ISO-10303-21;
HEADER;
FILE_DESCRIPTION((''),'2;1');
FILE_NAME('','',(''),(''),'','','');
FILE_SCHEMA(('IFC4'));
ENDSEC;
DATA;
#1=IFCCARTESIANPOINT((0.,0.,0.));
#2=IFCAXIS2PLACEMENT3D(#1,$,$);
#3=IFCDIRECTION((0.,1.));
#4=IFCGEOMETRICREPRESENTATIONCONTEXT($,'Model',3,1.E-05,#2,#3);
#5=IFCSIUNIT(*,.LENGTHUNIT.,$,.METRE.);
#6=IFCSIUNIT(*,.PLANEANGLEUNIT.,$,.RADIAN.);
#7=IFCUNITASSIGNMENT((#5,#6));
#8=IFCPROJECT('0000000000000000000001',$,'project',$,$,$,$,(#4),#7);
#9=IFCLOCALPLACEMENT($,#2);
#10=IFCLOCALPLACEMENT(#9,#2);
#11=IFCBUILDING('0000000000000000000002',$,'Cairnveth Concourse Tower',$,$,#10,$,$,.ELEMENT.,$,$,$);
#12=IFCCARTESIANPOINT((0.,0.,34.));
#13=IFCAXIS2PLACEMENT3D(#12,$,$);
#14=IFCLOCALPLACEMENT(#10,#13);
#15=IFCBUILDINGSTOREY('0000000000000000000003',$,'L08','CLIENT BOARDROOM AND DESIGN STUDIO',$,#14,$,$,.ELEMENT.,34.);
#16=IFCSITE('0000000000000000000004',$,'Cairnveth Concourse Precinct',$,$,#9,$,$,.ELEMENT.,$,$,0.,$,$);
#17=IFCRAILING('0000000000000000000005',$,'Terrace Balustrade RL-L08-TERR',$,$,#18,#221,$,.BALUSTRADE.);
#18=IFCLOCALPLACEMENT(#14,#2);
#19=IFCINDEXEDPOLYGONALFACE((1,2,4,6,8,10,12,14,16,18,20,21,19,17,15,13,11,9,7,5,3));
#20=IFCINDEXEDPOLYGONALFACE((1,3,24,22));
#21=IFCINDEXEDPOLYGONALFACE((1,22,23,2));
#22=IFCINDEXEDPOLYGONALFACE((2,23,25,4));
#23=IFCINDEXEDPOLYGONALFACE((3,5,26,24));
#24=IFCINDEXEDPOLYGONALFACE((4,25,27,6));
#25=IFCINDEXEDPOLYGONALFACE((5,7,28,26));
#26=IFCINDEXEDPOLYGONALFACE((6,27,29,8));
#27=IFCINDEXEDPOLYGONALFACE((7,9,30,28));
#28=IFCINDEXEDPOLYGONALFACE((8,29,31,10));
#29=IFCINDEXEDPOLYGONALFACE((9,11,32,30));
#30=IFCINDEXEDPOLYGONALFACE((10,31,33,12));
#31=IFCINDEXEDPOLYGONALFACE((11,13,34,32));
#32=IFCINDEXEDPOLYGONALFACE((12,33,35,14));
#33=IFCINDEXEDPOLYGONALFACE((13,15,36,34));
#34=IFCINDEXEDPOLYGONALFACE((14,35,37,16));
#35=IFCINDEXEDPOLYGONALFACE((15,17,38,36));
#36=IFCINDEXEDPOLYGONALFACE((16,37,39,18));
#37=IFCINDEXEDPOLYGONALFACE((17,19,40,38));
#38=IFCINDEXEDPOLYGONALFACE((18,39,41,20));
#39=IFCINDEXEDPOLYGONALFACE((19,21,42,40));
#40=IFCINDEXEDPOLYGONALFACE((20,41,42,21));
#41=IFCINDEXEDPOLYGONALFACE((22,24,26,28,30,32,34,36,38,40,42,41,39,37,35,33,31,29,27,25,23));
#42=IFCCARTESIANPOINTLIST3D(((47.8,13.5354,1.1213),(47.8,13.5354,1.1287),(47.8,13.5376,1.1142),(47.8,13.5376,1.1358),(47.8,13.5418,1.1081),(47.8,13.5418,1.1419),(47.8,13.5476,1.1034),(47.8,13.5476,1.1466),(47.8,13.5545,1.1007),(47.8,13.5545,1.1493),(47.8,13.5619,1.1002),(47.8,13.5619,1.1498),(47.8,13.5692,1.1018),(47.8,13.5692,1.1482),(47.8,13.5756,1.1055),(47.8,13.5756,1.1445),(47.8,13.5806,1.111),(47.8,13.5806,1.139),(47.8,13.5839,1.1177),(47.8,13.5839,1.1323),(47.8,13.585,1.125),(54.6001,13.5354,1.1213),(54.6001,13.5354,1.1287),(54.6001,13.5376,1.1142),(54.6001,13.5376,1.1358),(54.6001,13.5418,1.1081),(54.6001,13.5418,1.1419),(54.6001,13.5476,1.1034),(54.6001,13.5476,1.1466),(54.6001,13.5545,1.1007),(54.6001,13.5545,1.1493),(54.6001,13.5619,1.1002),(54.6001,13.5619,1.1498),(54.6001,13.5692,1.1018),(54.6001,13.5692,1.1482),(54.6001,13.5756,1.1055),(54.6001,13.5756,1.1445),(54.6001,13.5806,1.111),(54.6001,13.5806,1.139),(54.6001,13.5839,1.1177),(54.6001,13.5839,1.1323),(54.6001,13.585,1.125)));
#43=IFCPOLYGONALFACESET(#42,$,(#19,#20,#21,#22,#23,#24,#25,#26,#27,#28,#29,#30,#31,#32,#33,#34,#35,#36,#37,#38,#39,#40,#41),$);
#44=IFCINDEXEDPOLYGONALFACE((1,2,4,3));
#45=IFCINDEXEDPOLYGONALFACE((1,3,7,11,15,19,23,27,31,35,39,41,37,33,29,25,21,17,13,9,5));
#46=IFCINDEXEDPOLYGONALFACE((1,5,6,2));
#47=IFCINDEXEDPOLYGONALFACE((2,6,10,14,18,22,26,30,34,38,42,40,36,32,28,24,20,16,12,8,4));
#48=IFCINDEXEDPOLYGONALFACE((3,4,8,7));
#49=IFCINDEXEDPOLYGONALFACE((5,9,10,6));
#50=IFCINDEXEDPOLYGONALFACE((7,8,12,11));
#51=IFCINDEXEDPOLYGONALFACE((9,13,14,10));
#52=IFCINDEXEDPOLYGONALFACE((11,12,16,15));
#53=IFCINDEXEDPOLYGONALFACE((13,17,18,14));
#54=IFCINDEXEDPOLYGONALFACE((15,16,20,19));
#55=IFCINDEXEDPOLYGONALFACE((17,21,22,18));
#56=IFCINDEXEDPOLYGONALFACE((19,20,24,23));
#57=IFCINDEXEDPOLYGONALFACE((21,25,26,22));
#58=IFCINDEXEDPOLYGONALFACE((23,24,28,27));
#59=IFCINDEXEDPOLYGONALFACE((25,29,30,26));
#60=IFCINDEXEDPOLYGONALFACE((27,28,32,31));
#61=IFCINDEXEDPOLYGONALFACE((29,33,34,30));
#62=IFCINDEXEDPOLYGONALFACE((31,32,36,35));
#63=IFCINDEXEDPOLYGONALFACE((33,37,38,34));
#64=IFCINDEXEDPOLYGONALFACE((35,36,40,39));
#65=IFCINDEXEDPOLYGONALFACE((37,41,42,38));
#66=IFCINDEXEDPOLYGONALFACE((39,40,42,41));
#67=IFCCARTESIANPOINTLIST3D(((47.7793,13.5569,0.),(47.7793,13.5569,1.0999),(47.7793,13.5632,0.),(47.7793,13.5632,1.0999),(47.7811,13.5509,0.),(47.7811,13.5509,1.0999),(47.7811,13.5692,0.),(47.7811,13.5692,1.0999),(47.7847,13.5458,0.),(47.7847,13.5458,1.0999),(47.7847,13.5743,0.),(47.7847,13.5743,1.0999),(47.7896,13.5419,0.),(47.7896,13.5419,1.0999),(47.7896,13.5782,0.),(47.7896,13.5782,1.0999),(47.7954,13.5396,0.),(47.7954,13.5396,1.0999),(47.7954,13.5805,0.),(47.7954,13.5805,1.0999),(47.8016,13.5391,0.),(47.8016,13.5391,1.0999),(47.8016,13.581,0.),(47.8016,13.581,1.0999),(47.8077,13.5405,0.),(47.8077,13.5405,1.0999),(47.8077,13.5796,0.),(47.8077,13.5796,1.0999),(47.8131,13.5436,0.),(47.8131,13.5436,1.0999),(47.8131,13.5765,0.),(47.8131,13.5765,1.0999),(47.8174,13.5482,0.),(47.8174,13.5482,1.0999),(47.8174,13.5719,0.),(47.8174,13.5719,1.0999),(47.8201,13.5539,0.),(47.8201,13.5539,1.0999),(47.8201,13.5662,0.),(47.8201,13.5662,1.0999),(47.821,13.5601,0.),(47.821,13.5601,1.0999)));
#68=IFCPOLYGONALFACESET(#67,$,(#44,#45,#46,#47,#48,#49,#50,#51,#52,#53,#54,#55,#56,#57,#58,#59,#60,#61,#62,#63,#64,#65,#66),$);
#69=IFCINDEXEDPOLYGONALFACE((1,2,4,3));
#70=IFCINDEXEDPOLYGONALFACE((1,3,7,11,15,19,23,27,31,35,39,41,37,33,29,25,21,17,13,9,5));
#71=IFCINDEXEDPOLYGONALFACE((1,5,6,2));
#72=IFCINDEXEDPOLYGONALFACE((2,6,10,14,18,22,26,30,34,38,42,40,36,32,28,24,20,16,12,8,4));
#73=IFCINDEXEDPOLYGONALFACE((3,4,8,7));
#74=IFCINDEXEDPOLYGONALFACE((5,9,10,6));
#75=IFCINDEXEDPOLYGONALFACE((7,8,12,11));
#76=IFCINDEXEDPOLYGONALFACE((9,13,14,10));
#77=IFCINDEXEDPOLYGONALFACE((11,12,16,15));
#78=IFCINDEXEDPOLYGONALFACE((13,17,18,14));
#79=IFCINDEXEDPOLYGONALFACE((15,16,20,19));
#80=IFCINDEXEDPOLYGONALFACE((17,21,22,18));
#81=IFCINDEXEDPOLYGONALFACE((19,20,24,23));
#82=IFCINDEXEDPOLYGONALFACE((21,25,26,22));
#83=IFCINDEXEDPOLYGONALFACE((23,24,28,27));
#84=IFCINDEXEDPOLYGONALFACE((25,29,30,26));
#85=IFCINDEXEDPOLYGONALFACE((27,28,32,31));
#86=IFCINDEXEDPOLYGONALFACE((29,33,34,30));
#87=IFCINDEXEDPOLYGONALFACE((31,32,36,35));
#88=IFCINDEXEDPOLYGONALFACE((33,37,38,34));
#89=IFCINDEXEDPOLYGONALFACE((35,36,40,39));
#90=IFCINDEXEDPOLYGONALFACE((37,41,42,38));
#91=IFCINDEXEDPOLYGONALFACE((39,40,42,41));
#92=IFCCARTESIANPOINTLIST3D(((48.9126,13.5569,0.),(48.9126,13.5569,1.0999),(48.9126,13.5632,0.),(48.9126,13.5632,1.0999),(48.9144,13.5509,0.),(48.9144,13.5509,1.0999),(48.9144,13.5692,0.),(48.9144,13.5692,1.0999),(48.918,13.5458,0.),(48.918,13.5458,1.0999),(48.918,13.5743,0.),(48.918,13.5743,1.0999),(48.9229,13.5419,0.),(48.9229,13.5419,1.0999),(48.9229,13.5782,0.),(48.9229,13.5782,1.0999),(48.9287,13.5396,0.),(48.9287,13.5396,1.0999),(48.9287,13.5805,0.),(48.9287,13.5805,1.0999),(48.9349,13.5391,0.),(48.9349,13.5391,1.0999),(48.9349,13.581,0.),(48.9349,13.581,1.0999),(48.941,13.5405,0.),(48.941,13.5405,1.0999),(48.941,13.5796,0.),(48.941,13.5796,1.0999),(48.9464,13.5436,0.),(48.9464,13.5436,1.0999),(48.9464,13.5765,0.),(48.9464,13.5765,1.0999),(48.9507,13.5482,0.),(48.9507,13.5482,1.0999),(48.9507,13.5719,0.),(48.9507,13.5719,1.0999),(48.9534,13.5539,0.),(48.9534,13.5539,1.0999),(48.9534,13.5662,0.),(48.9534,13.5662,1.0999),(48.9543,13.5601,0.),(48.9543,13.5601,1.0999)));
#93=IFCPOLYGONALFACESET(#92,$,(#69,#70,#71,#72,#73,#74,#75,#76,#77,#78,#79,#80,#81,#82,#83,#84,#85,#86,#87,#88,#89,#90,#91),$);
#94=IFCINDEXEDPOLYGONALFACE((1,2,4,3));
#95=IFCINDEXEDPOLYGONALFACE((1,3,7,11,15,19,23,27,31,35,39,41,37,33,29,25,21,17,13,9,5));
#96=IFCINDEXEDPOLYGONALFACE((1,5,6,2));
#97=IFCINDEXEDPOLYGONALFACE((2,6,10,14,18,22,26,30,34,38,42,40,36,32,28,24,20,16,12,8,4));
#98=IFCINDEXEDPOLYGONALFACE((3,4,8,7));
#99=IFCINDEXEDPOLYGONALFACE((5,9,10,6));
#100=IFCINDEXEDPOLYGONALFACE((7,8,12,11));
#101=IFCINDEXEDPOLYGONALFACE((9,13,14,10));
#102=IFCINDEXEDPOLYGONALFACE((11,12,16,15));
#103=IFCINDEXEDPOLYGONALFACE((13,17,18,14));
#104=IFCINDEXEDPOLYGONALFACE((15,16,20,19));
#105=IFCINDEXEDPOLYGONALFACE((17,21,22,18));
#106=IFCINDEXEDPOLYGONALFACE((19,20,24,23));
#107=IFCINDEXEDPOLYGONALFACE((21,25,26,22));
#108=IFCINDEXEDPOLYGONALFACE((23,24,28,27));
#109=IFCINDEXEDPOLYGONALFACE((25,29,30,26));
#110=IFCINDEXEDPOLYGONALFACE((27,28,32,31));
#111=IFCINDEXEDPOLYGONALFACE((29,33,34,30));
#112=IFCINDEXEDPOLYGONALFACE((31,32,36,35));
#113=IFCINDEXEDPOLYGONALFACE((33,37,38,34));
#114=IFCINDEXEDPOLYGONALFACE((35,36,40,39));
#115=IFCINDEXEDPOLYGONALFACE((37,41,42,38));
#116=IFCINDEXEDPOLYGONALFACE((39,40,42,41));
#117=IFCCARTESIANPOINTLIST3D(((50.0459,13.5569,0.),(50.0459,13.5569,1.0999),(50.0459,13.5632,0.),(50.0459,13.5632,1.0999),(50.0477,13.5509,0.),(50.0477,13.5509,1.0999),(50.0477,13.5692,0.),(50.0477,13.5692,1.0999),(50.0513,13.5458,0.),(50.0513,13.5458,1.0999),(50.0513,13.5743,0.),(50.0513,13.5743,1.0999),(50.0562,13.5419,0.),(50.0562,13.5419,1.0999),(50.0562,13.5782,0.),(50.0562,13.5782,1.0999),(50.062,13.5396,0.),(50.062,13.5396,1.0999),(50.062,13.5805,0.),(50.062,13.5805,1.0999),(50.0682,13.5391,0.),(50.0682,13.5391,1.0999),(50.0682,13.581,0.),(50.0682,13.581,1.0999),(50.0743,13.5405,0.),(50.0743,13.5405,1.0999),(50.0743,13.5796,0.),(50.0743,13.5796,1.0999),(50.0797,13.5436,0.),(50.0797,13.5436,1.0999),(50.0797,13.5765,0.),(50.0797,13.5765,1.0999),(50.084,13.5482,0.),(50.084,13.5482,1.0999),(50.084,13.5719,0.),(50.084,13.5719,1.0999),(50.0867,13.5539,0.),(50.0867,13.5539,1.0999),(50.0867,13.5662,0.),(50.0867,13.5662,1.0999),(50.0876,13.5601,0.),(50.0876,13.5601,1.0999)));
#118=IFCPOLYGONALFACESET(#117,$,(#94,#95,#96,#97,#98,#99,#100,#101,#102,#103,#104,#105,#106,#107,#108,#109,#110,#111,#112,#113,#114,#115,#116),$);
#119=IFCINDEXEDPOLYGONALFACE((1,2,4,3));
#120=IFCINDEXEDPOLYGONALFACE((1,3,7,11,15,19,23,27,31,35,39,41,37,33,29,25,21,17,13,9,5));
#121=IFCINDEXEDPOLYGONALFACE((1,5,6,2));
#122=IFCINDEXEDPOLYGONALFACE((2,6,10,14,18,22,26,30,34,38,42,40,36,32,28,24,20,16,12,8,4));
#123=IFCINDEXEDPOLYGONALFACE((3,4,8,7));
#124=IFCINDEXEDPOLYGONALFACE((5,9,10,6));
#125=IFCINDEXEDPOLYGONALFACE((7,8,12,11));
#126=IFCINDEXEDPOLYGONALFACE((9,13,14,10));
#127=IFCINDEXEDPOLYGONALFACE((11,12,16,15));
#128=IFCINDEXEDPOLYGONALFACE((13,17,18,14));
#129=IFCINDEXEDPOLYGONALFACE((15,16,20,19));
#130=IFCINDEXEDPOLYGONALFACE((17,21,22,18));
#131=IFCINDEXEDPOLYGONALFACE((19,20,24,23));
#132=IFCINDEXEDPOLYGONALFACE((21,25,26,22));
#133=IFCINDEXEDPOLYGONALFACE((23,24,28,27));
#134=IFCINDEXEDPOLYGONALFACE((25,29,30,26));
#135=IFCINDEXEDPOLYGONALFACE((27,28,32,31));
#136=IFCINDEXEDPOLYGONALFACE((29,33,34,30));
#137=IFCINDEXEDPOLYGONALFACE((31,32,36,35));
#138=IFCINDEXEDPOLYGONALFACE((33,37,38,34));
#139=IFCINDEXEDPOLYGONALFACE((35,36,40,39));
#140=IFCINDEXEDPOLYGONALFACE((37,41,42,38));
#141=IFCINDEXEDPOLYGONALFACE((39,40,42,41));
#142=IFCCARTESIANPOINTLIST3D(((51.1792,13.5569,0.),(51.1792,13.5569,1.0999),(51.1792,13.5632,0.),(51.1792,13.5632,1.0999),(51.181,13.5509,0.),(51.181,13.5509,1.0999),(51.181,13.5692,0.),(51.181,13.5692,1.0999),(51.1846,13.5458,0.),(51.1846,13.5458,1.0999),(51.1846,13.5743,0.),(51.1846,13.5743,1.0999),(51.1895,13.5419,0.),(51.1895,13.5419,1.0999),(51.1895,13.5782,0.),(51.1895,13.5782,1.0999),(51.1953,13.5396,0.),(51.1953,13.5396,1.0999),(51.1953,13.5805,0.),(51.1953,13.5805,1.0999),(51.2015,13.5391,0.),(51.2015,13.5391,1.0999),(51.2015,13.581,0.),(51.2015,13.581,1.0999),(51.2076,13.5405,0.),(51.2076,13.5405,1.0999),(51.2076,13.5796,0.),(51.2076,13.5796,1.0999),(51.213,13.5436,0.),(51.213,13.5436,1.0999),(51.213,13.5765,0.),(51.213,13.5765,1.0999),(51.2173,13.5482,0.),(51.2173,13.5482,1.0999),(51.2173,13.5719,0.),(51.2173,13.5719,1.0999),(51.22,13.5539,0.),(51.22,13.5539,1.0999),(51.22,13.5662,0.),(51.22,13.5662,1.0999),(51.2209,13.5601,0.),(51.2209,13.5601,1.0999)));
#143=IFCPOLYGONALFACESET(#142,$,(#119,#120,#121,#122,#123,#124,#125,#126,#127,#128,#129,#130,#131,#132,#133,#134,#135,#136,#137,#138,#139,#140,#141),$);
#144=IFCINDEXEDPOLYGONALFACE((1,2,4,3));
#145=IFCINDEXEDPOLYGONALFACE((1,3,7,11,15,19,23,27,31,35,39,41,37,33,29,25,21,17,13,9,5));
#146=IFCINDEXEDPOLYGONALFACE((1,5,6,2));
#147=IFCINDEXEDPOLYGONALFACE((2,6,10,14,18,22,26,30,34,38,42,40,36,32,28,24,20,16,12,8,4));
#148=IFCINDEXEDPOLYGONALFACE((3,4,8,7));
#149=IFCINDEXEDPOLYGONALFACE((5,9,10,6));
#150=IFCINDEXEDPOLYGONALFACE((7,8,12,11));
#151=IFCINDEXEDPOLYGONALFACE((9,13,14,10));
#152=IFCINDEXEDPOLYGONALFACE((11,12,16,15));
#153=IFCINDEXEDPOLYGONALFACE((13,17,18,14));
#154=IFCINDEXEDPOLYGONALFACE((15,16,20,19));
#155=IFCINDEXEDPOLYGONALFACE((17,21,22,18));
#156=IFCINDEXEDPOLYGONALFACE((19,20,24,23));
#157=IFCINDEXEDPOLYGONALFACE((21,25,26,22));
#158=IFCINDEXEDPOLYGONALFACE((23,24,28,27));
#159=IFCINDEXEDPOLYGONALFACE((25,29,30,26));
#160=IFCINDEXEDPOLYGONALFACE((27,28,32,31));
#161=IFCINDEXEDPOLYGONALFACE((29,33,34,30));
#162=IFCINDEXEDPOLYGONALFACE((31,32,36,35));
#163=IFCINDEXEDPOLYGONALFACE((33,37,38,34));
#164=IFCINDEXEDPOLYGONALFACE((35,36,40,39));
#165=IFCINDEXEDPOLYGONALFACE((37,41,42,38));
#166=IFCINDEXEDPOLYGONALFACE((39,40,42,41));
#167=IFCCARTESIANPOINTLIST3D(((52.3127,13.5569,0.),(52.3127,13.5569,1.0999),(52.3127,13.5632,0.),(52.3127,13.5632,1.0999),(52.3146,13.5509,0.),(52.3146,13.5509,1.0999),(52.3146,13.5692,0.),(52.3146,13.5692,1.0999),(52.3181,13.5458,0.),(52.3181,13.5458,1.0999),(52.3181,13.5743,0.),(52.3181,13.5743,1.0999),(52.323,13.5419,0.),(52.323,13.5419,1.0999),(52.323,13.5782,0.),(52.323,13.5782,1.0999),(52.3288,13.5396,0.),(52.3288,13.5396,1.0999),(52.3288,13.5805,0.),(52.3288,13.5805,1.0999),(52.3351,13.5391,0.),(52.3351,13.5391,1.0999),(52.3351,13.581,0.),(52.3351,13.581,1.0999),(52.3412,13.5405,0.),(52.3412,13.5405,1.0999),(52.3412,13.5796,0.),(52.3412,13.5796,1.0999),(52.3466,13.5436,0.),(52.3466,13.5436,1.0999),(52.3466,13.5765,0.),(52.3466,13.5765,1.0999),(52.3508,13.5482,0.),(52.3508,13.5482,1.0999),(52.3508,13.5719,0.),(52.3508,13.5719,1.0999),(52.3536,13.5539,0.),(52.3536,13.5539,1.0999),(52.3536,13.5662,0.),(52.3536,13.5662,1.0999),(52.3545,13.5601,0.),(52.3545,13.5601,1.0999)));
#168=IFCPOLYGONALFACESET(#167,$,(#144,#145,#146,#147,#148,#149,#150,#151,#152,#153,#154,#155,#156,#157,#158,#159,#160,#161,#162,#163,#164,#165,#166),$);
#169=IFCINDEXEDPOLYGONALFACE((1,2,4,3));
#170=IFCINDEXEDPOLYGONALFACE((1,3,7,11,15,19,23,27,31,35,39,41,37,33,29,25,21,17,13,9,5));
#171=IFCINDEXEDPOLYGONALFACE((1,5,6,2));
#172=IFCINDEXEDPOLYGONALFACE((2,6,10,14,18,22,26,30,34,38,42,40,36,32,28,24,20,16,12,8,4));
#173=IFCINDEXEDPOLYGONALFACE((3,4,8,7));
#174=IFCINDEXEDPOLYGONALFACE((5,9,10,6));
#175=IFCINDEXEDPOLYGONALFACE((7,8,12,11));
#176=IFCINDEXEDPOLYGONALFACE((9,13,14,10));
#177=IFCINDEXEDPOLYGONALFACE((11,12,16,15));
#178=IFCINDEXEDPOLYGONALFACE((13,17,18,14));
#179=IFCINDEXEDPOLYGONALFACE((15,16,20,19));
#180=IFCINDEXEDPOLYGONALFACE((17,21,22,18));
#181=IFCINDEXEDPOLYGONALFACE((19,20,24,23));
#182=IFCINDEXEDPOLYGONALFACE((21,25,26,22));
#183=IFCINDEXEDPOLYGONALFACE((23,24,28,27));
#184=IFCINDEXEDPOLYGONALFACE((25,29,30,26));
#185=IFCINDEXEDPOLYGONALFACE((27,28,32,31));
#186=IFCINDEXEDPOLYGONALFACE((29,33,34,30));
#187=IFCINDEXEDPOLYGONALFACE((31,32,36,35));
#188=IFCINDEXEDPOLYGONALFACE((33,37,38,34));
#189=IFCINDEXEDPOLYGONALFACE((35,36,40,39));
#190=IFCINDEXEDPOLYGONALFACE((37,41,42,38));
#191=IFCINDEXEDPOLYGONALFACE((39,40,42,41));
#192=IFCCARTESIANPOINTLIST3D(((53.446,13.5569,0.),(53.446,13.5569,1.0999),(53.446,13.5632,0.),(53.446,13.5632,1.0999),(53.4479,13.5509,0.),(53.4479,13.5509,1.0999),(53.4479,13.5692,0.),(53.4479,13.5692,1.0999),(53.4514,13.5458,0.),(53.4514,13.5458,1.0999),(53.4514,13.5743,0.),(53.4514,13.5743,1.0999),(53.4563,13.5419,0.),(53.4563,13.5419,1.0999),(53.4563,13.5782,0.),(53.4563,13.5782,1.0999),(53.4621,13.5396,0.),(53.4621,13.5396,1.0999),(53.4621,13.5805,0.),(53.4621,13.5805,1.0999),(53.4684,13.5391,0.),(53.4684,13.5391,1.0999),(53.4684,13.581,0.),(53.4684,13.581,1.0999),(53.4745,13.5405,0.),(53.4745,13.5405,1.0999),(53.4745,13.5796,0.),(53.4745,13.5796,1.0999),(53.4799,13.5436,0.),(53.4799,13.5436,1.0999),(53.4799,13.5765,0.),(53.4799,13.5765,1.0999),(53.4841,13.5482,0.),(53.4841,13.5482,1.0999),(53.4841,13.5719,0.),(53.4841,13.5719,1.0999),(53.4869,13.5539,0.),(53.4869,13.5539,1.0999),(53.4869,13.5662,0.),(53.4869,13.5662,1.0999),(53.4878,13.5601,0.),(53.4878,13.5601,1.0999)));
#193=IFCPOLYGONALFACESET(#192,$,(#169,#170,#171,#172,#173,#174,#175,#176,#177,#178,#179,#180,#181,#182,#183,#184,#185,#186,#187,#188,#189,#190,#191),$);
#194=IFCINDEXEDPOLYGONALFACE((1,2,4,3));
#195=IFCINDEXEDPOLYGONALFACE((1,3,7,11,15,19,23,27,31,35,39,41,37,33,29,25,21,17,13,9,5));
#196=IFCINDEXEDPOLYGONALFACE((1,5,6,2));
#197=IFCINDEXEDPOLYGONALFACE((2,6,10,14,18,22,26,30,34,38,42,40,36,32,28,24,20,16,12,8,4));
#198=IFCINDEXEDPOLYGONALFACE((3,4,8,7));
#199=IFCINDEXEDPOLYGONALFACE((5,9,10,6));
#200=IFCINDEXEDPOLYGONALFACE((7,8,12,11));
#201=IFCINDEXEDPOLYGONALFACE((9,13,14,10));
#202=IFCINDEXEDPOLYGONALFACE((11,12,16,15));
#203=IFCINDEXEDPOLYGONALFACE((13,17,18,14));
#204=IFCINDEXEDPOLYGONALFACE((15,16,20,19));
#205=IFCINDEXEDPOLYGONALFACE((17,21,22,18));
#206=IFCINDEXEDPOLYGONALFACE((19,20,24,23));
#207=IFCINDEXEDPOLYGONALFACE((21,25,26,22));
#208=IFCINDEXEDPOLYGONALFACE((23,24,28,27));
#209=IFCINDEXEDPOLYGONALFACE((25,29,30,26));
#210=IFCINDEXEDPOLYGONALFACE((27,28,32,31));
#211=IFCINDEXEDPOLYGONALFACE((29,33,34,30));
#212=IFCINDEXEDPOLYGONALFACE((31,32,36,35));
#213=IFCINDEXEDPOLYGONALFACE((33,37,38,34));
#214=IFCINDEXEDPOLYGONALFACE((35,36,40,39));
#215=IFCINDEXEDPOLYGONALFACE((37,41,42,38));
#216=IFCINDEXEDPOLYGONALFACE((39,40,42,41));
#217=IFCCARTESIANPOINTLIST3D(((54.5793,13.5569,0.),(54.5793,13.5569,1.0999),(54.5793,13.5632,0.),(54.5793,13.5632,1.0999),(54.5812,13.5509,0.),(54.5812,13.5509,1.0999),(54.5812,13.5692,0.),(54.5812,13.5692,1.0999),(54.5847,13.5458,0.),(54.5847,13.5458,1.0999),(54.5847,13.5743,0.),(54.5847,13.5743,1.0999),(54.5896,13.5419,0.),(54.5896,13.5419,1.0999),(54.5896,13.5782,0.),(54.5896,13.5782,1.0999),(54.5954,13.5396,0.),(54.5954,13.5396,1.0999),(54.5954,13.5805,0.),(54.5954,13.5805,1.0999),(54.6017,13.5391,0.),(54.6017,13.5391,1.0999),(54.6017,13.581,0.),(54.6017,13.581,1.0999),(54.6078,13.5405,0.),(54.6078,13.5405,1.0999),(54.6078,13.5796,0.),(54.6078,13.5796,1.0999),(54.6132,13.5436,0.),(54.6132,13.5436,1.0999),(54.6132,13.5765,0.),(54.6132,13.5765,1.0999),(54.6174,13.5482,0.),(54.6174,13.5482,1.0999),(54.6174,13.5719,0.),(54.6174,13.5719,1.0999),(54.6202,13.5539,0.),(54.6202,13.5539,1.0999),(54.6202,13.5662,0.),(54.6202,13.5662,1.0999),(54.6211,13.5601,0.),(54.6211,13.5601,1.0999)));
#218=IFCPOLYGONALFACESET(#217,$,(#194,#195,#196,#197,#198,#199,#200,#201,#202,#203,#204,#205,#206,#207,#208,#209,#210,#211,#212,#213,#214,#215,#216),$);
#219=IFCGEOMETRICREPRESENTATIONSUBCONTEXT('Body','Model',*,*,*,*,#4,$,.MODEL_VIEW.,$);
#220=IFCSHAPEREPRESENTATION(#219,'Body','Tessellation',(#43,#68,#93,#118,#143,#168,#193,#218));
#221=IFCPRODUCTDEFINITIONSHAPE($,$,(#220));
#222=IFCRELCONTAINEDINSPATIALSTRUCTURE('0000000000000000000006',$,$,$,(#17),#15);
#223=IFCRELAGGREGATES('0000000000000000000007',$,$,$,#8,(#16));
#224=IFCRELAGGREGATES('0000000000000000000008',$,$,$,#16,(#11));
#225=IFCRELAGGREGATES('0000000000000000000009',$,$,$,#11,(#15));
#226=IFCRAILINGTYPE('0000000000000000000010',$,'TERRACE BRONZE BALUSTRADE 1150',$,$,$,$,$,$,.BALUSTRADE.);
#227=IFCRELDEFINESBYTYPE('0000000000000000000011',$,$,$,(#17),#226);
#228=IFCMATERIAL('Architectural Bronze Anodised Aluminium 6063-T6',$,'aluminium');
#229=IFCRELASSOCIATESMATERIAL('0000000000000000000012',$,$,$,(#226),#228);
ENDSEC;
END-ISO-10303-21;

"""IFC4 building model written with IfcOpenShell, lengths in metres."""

from ifc_helpers import new_model, si_unit, direction, frame, origin, origin_2d, place, context, subcontext, project, spatial, circle, extrude, material, type_object, element, save


model = new_model("IFC4")

# Units and contexts
model_context = context("Model", 3, precision=1e-05, world=origin(), true_north=direction((0.0, 1.0)))
body_context = subcontext(model_context, "Body", "Model", "MODEL_VIEW")
ifc_project = project(units=[si_unit("LENGTHUNIT", "METRE"), si_unit("PLANEANGLEUNIT", "RADIAN")], contexts=[model_context])

# Site, building, storey
site_placement = place(None, origin())
site = spatial("IfcSite", under=ifc_project, at=site_placement, Name="Cairnveth Concourse Precinct", CompositionType="ELEMENT", RefElevation=0.0)
building_placement = place(site_placement, origin())
building = spatial("IfcBuilding", under=site, at=building_placement, Name="Cairnveth Concourse Tower", CompositionType="ELEMENT")
storey_placement = place(building_placement, frame((0.0, 0.0, 34.0)))
storey = spatial("IfcBuildingStorey", under=building, at=storey_placement, Name="L08", Description="CLIENT BOARDROOM AND DESIGN STUDIO", CompositionType="ELEMENT", Elevation=34.0)

# Shared definitions
ifc_material_1 = material(Name="Architectural Bronze Anodised Aluminium 6063-T6", Category="aluminium")

# Railing
railing_type = type_object("IfcRailingType", Name="TERRACE BRONZE BALUSTRADE 1150", PredefinedType="BALUSTRADE", material=ifc_material_1)
railing_placement = place(storey_placement, frame((47.8, 13.5601, 0.0)))
element("IfcRailing", 1, at=railing_placement, inside=storey, type_object=railing_type, Name="Terrace Balustrade RL-L08-TERR", PredefinedType="BALUSTRADE", context=body_context, shape_type="SweptSolid", body=[
    extrude(circle(Radius=0.0249, at=origin_2d()), frame((0.0, 0.0, 1.125), z_axis=(1.0, 0.0, 0.0), x_axis=(0.0, 1.0, 0.0)), (0.0, 0.0, 1.0), 6.8),
    extrude(circle(Radius=0.021, at=origin_2d()), origin(), (0.0, 0.0, 1.0), 1.0999),
    extrude(circle(Radius=0.021, at=origin_2d()), frame((1.1333, 0.0, 0.0)), (0.0, 0.0, 1.0), 1.0999),
    extrude(circle(Radius=0.021, at=origin_2d()), frame((2.2666, 0.0, 0.0)), (0.0, 0.0, 1.0), 1.0999),
    extrude(circle(Radius=0.021, at=origin_2d()), frame((3.3999, 0.0, 0.0)), (0.0, 0.0, 1.0), 1.0999),
    extrude(circle(Radius=0.021, at=origin_2d()), frame((4.5334, 0.0, 0.0)), (0.0, 0.0, 1.0), 1.0999),
    extrude(circle(Radius=0.021, at=origin_2d()), frame((5.6667, 0.0, 0.0)), (0.0, 0.0, 1.0), 1.0999),
    extrude(circle(Radius=0.021, at=origin_2d()), frame((6.8, 0.0, 0.0)), (0.0, 0.0, 1.0), 1.0999),
])

save(model, "model.ifc")
